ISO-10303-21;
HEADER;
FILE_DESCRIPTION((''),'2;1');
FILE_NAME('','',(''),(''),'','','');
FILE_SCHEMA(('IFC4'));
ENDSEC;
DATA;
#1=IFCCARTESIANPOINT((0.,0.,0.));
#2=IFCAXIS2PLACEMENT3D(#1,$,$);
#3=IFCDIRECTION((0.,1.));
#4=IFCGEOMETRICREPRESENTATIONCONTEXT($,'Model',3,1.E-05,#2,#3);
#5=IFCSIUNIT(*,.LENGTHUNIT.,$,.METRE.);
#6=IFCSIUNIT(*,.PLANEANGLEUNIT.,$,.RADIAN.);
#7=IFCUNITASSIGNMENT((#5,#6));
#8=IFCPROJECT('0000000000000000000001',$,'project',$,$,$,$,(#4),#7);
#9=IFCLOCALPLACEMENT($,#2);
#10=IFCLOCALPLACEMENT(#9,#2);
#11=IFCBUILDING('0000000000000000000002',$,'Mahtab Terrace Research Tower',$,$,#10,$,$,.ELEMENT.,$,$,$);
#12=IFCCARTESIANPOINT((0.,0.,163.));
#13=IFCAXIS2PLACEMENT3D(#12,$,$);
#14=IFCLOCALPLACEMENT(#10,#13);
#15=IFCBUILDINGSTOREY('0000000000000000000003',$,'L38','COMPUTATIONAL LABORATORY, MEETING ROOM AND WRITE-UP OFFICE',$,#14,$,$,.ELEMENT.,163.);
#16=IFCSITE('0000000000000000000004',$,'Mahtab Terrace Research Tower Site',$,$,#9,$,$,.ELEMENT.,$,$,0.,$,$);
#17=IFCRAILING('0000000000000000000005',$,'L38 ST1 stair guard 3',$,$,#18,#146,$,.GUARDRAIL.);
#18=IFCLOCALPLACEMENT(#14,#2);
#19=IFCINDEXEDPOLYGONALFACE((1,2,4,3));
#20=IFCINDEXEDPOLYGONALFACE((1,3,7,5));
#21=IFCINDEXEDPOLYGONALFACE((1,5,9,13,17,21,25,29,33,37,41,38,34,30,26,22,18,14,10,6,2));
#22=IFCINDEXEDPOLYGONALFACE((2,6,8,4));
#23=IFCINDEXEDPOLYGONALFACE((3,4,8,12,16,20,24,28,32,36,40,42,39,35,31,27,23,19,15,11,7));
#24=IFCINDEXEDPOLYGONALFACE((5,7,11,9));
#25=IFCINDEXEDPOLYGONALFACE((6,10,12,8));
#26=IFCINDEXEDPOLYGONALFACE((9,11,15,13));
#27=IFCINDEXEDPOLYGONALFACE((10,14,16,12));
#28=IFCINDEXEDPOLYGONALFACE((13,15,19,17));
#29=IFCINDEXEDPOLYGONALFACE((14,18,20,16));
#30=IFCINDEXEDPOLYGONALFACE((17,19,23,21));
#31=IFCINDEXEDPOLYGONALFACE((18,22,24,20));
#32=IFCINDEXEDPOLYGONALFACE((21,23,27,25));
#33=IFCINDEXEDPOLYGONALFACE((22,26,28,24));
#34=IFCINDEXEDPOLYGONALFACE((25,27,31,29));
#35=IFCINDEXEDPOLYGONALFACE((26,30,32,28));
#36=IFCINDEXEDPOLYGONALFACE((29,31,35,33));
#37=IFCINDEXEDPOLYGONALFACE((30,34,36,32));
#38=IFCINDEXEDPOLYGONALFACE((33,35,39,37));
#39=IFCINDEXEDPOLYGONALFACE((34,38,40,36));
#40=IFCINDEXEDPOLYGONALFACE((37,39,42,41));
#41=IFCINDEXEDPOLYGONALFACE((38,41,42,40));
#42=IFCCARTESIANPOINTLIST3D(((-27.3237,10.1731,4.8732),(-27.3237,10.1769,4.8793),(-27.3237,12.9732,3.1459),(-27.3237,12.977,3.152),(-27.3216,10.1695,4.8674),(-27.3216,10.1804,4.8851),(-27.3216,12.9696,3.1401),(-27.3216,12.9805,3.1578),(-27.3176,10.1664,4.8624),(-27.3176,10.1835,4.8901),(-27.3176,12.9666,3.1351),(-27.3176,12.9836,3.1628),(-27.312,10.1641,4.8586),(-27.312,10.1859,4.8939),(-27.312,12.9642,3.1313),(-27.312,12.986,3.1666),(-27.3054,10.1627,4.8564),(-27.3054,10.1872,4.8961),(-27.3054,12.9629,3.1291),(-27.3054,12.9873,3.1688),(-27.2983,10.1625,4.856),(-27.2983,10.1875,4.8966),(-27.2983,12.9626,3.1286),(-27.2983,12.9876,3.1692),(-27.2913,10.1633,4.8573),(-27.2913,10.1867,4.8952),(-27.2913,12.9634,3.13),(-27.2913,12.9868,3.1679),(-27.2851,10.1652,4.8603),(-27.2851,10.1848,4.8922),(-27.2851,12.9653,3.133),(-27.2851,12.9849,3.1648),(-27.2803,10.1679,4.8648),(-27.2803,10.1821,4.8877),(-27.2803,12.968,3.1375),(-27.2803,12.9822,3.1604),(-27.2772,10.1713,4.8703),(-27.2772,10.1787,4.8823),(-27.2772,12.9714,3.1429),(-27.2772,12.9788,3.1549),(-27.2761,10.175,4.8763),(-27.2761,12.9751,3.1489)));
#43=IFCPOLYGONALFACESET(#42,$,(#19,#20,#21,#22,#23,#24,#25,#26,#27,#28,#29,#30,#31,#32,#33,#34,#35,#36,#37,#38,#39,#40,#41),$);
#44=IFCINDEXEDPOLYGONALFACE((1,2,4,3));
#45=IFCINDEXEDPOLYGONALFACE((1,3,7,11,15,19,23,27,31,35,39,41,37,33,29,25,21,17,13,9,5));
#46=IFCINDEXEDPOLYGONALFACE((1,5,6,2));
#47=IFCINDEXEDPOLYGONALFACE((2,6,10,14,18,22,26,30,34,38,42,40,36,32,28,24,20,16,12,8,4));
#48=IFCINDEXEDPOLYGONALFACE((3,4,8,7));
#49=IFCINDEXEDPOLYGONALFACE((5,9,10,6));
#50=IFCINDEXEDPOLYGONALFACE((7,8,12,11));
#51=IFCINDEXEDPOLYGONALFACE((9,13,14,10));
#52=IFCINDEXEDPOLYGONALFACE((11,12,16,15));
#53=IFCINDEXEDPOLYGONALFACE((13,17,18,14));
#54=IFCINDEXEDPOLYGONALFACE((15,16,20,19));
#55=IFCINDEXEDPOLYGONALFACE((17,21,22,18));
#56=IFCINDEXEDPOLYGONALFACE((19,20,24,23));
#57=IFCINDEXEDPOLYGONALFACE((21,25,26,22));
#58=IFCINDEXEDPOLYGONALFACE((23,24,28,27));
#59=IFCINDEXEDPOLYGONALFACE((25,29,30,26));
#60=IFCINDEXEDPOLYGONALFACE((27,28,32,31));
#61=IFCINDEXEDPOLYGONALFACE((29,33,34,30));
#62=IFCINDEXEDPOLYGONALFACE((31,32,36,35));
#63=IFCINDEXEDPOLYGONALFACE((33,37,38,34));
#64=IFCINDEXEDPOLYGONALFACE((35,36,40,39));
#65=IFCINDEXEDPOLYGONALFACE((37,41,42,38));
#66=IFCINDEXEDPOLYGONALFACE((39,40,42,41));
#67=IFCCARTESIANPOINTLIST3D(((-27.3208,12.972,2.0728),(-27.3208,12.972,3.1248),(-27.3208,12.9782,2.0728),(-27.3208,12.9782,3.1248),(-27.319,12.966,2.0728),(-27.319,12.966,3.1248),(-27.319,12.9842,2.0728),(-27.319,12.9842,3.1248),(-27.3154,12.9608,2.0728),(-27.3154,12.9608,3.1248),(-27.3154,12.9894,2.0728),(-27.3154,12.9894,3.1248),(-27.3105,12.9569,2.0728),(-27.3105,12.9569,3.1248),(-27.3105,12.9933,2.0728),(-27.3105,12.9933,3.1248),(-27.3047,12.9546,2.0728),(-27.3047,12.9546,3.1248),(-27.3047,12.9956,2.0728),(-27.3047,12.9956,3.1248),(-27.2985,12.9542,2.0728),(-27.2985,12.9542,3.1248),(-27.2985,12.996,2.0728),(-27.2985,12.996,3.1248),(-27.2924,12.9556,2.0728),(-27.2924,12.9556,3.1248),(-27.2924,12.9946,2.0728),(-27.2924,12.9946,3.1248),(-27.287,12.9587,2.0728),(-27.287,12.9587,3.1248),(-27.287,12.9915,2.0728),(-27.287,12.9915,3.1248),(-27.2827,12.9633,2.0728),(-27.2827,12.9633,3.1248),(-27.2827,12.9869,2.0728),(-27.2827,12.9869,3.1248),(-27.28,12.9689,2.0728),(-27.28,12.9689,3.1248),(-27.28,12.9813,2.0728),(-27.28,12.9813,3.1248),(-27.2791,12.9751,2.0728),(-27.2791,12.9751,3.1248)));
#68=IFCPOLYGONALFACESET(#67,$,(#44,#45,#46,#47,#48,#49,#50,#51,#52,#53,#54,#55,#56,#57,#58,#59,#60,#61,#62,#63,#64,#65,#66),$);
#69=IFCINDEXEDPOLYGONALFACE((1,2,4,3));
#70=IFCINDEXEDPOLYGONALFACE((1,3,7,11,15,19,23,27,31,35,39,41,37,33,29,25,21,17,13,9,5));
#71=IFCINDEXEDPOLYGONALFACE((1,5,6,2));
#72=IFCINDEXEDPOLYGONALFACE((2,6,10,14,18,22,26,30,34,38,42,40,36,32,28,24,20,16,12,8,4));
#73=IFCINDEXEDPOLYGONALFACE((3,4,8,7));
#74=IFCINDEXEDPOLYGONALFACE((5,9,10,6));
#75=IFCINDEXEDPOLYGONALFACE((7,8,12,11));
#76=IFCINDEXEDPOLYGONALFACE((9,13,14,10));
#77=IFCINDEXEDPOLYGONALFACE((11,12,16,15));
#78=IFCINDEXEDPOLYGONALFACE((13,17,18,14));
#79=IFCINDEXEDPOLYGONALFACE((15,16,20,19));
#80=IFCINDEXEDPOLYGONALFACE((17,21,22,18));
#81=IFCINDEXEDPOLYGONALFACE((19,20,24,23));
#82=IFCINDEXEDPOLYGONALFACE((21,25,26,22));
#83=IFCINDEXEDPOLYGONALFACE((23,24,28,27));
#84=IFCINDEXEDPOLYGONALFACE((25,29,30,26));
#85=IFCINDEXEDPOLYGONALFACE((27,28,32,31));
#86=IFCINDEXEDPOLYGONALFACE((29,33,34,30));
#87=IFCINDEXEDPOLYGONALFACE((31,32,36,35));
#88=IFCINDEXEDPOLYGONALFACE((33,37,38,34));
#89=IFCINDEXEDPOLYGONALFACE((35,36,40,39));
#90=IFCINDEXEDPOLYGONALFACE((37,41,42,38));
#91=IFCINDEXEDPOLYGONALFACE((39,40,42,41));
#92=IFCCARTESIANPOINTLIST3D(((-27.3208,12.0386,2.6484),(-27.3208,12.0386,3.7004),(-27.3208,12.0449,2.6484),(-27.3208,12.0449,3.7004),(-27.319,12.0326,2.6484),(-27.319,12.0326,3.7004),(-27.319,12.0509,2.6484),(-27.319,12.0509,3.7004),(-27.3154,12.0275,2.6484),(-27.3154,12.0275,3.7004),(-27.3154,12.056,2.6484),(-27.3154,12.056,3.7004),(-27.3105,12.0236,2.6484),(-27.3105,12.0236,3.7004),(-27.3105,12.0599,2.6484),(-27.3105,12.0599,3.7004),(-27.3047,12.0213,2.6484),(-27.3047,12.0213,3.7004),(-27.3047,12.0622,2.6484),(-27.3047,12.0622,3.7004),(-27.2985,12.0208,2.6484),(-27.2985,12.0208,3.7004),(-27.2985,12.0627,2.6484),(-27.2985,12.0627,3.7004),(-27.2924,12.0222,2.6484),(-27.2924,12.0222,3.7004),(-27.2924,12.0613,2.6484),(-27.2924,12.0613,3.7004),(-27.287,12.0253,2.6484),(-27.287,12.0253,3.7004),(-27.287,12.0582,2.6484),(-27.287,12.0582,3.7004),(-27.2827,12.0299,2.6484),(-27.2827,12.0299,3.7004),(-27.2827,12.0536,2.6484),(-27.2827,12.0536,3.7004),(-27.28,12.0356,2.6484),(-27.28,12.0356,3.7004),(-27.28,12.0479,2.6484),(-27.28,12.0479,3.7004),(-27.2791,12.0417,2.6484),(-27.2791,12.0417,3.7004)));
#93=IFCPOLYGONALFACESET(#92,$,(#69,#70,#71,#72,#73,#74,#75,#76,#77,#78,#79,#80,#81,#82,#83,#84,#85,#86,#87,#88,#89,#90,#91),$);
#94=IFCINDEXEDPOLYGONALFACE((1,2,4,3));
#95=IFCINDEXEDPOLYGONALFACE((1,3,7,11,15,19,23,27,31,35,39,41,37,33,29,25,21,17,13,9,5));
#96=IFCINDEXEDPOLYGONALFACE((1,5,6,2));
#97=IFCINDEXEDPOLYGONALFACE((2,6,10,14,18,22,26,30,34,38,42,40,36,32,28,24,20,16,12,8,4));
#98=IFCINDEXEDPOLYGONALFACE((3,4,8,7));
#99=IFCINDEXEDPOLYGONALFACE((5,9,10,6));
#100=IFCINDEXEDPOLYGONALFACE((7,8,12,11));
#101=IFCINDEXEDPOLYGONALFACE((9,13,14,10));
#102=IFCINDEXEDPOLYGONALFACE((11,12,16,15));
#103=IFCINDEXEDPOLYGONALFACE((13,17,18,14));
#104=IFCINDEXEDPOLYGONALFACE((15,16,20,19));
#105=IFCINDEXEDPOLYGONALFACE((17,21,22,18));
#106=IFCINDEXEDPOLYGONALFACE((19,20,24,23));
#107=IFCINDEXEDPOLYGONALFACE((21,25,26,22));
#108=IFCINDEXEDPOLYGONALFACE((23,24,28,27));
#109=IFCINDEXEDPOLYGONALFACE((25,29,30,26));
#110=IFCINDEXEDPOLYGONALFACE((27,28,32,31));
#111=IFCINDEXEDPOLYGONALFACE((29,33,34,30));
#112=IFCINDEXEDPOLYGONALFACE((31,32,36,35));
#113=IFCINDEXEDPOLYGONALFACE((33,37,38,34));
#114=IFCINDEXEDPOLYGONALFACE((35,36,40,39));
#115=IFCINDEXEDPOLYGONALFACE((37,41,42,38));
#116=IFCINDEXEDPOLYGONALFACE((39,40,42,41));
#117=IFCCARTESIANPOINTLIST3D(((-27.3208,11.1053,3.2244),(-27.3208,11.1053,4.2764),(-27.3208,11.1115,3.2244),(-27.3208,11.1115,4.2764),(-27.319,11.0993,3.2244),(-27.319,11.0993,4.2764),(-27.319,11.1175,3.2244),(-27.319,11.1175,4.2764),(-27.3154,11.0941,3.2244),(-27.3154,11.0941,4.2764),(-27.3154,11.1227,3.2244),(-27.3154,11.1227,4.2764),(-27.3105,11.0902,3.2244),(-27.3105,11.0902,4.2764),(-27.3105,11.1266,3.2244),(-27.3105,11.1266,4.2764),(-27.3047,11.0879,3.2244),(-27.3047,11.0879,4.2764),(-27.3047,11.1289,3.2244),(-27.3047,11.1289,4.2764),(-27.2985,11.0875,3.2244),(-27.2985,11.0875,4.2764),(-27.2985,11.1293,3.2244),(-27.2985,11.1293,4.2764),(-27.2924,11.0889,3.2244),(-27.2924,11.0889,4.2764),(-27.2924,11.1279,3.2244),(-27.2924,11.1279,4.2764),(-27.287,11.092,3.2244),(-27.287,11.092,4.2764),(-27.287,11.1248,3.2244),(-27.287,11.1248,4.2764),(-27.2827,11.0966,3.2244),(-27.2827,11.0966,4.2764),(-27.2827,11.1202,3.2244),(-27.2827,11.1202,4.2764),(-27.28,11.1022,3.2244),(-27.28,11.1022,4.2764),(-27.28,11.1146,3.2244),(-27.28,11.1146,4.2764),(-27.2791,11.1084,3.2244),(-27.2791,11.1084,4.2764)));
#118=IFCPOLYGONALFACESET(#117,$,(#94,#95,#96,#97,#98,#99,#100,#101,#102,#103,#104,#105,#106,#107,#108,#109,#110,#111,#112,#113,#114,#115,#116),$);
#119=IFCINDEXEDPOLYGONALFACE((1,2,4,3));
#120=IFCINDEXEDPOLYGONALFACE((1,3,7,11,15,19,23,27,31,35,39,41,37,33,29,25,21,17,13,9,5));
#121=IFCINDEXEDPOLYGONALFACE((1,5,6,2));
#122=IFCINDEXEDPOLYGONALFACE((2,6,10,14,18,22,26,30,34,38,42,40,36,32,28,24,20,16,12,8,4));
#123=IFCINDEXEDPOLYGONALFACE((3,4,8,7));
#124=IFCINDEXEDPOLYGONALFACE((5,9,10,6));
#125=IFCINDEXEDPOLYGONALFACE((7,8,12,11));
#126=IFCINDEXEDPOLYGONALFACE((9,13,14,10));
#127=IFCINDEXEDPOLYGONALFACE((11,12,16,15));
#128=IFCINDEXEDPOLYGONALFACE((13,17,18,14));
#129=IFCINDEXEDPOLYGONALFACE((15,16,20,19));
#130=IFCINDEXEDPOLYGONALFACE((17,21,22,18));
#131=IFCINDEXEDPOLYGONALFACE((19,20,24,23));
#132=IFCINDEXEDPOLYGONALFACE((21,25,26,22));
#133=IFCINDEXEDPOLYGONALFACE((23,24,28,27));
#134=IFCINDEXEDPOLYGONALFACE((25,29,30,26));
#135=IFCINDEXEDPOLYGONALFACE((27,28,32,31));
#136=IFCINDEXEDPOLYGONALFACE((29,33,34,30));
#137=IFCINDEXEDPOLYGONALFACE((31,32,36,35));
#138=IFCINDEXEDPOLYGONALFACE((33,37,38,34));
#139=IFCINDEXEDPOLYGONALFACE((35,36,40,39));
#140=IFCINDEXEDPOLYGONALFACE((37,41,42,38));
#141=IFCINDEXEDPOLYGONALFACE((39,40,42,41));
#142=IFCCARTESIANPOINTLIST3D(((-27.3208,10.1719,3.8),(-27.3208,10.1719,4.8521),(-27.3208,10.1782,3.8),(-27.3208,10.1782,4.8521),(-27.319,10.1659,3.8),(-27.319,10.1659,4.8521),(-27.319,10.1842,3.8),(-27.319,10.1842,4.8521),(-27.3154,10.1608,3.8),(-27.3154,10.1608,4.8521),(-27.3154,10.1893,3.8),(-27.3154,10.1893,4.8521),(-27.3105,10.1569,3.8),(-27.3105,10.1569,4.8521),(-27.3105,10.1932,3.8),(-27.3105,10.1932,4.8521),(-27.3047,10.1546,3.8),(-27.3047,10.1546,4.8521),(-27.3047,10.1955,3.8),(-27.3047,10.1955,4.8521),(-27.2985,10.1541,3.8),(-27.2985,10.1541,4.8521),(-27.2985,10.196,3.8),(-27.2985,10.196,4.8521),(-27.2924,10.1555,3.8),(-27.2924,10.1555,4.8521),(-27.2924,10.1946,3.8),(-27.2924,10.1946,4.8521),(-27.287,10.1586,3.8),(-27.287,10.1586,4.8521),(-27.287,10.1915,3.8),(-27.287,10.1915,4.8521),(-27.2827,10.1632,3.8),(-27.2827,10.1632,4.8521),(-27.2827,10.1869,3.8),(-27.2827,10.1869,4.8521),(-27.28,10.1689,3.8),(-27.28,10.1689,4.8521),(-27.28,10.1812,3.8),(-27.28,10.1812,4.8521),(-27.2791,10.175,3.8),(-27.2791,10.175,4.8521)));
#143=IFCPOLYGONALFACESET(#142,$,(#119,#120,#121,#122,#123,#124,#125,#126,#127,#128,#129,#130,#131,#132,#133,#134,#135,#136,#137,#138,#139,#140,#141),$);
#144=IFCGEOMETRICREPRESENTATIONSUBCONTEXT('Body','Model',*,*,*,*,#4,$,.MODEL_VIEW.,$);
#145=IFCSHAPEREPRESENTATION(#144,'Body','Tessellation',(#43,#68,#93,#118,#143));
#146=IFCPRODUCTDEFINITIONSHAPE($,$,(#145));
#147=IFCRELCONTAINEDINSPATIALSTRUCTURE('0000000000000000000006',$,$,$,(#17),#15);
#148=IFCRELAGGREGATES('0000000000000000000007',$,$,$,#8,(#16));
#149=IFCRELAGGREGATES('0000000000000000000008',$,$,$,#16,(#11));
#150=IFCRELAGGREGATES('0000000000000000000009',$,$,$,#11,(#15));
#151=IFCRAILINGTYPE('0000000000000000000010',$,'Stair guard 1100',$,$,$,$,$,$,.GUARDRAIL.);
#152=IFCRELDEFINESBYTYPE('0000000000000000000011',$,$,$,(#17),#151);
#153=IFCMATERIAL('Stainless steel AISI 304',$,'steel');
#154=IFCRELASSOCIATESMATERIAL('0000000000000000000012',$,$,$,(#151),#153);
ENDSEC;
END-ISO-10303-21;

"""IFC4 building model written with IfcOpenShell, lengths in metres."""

from ifc_helpers import new_model, si_unit, direction, frame, origin, origin_2d, place, context, subcontext, project, spatial, circle, extrude, material, type_object, element, save


model = new_model("IFC4")

# Units and contexts
model_context = context("Model", 3, precision=1e-05, world=origin(), true_north=direction((0.0, 1.0)))
body_context = subcontext(model_context, "Body", "Model", "MODEL_VIEW")
ifc_project = project(units=[si_unit("LENGTHUNIT", "METRE"), si_unit("PLANEANGLEUNIT", "RADIAN")], contexts=[model_context])

# Site, building, storey
site_placement = place(None, origin())
site = spatial("IfcSite", under=ifc_project, at=site_placement, Name="Mahtab Terrace Research Tower Site", CompositionType="ELEMENT", RefElevation=0.0)
building_placement = place(site_placement, origin())
building = spatial("IfcBuilding", under=site, at=building_placement, Name="Mahtab Terrace Research Tower", CompositionType="ELEMENT")
storey_placement = place(building_placement, frame((0.0, 0.0, 163.0)))
storey = spatial("IfcBuildingStorey", under=building, at=storey_placement, Name="L38", Description="COMPUTATIONAL LABORATORY, MEETING ROOM AND WRITE-UP OFFICE", CompositionType="ELEMENT", Elevation=163.0)

# Railing
ifc_material_1 = material(Name="Stainless steel AISI 304", Category="steel")
railing_type_1 = type_object("IfcRailingType", Name="Stair guard 1100", PredefinedType="GUARDRAIL", material=ifc_material_1)
railing_1_placement = place(storey_placement, frame((-27.3, 12.9751, 2.0728)))
element("IfcRailing", 1, at=railing_1_placement, inside=storey, type_object=railing_type_1, Name="L38 ST1 stair guard 3", PredefinedType="GUARDRAIL", context=body_context, shape_type="SweptSolid", body=[
    extrude(circle(Radius=0.0239, at=origin_2d()), frame((0.0, 0.0, 1.0762), z_axis=(0.0, -0.85109, 0.52502), x_axis=(1.0, 0.0, 0.0)), (0.0, 0.0, 1.0), 3.29),
    extrude(circle(Radius=0.021, at=origin_2d()), origin(), (0.0, 0.0, 1.0), 1.052),
    extrude(circle(Radius=0.021, at=origin_2d()), frame((0.0, -0.9333, 0.5757)), (0.0, 0.0, 1.0), 1.052),
    extrude(circle(Radius=0.021, at=origin_2d()), frame((0.0, -1.8667, 1.1516)), (0.0, 0.0, 1.0), 1.052),
    extrude(circle(Radius=0.021, at=origin_2d()), frame((0.0, -2.8, 1.7273)), (0.0, 0.0, 1.0), 1.052),
])

save(model, "model.ifc")
